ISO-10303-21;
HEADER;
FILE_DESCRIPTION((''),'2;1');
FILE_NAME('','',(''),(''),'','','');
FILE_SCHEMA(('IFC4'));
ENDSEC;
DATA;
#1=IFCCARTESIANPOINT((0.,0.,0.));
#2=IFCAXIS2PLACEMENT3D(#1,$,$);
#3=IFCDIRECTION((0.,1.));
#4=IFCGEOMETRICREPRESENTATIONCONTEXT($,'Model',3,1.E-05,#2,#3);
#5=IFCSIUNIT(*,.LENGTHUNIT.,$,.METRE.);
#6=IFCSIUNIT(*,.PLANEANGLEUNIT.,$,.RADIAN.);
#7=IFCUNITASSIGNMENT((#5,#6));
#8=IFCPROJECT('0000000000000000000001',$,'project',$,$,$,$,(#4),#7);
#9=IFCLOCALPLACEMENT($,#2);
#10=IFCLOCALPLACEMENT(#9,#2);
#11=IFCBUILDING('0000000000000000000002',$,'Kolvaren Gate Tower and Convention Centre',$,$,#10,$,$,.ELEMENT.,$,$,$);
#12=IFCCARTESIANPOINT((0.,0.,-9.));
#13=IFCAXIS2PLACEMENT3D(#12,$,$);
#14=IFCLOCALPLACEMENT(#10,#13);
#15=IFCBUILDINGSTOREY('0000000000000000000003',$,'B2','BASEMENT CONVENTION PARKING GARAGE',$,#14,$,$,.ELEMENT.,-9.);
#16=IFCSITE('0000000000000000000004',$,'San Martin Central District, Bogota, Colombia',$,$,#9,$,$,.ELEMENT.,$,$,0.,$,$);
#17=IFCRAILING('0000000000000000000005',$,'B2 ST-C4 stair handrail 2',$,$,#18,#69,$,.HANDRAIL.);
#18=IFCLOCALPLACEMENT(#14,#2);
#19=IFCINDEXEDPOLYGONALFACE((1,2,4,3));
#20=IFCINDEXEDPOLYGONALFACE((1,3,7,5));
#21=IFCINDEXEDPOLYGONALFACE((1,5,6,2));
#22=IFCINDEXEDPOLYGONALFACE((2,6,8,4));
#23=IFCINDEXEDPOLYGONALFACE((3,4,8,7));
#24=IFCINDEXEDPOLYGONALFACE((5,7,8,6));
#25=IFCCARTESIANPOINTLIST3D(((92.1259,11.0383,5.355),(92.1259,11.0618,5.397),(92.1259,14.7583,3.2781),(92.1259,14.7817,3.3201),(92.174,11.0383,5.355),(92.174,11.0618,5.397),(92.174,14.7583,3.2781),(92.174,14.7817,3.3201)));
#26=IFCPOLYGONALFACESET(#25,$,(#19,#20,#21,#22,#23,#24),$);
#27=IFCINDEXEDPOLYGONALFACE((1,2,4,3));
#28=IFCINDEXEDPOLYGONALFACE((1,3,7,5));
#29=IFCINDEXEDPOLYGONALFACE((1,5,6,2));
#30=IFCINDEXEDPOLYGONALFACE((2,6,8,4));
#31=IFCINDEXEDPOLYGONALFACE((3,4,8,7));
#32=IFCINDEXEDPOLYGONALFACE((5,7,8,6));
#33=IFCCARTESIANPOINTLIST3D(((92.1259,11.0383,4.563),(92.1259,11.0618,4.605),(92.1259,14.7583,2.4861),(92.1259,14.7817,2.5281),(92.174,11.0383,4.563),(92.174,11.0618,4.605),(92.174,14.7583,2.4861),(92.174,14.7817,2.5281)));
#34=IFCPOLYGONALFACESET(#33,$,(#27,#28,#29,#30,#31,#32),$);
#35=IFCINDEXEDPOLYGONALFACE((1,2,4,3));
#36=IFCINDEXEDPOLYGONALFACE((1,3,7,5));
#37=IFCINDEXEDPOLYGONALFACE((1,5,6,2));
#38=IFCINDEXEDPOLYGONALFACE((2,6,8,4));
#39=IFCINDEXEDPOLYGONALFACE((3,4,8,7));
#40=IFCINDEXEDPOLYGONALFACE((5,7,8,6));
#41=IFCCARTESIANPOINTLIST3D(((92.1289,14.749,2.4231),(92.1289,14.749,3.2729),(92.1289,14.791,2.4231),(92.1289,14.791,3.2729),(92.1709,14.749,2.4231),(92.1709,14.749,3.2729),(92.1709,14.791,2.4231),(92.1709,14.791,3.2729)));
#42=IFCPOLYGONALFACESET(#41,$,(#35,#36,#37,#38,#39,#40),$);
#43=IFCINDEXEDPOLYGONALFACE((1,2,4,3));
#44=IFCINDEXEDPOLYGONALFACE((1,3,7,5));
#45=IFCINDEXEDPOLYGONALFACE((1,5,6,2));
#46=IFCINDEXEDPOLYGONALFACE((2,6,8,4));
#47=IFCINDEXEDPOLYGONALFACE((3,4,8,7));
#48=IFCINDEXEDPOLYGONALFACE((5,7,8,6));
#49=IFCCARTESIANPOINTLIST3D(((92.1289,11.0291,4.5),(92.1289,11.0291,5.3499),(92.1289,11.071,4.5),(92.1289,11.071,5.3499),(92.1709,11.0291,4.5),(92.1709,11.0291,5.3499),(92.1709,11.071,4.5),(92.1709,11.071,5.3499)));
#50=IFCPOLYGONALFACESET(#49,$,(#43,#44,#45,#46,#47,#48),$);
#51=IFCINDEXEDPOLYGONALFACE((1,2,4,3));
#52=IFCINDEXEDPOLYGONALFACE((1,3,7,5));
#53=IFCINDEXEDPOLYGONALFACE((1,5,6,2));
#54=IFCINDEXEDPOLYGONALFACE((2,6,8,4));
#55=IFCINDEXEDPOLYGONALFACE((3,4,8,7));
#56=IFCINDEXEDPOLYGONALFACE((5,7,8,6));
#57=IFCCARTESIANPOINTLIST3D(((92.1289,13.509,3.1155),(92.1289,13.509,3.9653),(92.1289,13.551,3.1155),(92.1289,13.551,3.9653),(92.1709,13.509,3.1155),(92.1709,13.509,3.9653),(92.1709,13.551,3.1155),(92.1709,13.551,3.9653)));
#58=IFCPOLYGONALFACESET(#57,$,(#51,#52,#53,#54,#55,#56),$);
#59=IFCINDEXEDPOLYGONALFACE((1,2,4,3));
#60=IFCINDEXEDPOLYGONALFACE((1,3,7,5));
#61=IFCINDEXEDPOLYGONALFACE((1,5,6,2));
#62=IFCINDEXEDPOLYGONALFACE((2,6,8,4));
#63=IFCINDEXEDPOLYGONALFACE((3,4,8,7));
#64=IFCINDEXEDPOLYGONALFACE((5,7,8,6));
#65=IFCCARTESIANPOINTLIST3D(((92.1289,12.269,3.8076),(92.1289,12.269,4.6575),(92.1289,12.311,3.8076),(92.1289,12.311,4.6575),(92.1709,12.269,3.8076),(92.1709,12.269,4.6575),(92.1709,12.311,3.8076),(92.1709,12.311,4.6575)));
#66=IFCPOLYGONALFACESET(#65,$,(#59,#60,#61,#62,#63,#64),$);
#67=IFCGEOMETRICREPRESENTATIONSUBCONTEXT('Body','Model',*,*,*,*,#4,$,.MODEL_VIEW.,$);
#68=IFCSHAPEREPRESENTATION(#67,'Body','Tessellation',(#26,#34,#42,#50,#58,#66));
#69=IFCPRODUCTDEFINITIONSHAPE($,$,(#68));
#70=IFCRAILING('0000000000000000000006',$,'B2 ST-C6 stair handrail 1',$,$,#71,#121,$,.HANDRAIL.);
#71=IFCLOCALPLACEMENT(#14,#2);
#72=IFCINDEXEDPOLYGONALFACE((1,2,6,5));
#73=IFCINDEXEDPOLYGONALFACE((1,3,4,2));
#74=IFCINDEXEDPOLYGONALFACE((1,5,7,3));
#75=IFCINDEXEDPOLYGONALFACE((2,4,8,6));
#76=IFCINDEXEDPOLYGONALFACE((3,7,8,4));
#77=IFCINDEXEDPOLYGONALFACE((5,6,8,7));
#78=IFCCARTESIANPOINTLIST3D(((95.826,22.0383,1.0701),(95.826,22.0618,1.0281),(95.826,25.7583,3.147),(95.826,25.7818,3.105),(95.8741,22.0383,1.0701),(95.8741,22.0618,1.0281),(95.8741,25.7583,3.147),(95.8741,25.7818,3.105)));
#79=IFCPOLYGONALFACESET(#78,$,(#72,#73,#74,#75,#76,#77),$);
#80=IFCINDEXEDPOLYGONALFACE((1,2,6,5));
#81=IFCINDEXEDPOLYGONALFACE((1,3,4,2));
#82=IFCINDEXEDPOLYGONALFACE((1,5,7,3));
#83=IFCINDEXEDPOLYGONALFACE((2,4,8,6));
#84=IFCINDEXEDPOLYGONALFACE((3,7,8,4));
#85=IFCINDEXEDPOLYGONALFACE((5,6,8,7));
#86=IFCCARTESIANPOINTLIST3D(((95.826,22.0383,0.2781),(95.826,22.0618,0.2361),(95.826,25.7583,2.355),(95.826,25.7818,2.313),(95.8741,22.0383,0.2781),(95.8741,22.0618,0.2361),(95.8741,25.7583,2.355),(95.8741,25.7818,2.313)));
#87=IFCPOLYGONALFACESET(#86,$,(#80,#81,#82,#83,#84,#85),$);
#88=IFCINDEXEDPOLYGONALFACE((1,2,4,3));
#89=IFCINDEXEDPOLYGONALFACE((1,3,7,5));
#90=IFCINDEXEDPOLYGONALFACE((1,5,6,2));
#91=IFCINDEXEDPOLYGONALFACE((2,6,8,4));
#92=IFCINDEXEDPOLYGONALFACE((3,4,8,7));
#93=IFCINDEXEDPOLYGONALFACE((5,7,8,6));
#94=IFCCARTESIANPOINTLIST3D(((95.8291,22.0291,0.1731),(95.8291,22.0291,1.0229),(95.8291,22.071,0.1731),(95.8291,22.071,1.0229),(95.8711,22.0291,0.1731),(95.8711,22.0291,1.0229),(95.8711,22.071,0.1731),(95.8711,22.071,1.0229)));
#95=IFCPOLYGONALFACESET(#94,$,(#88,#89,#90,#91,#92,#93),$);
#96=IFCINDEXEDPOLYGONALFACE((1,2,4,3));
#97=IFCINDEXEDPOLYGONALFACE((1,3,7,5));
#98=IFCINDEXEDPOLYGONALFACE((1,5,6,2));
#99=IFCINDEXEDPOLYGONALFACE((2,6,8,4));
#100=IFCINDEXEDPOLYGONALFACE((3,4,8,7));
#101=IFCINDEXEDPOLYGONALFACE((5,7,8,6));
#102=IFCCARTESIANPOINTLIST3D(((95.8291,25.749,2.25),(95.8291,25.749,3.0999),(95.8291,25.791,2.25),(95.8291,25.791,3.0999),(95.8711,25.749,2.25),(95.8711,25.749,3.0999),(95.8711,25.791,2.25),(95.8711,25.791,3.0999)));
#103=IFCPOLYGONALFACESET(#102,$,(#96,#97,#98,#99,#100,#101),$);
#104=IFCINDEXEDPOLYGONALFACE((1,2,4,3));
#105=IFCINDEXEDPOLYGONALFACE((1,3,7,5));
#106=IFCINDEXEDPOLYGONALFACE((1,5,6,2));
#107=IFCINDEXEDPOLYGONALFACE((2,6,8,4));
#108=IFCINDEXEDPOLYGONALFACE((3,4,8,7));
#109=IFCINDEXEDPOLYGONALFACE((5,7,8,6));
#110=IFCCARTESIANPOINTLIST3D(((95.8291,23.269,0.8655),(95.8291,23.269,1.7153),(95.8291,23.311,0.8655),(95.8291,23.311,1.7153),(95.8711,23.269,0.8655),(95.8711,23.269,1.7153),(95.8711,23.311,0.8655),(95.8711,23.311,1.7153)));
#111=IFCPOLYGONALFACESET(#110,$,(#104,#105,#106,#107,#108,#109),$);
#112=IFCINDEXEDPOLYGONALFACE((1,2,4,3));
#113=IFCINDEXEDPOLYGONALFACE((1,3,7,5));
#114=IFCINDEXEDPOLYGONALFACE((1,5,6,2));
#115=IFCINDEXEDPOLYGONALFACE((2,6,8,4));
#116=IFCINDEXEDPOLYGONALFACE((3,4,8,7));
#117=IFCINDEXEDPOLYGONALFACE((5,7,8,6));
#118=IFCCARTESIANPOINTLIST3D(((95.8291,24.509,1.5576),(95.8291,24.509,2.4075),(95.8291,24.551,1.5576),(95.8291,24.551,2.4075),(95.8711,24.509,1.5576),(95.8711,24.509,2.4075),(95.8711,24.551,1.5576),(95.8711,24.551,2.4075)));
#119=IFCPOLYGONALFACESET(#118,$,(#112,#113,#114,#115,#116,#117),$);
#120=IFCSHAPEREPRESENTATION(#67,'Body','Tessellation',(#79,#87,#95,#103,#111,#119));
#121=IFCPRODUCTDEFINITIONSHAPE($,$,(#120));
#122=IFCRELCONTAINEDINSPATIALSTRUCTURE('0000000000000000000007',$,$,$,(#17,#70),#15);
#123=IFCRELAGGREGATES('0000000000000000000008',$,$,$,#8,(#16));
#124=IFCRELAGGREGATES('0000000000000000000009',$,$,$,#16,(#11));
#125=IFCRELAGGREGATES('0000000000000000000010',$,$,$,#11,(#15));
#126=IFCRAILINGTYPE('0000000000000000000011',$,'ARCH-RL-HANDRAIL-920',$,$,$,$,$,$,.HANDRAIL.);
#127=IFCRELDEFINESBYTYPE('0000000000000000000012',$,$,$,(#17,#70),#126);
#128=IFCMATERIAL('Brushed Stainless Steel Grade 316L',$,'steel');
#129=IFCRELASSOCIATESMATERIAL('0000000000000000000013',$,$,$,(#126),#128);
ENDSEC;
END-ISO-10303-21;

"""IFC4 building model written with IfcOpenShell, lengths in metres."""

from ifc_helpers import new_model, si_unit, direction, frame, origin, origin_2d, place, context, subcontext, project, spatial, rectangle, extrude, material, type_object, element, save


model = new_model("IFC4")

# Units and contexts
model_context = context("Model", 3, precision=1e-05, world=origin(), true_north=direction((0.0, 1.0)))
body_context = subcontext(model_context, "Body", "Model", "MODEL_VIEW")
ifc_project = project(units=[si_unit("LENGTHUNIT", "METRE"), si_unit("PLANEANGLEUNIT", "RADIAN")], contexts=[model_context])

# Site, building, storey
site_placement = place(None, origin())
site = spatial("IfcSite", under=ifc_project, at=site_placement, Name="San Martin Central District, Bogota, Colombia", CompositionType="ELEMENT", RefElevation=0.0)
building_placement = place(site_placement, origin())
building = spatial("IfcBuilding", under=site, at=building_placement, Name="Kolvaren Gate Tower and Convention Centre", CompositionType="ELEMENT")
storey_placement = place(building_placement, frame((0.0, 0.0, -9.0)))
storey = spatial("IfcBuildingStorey", under=building, at=storey_placement, Name="B2", Description="BASEMENT CONVENTION PARKING GARAGE", CompositionType="ELEMENT", Elevation=-9.0)

# Railings
ifc_material_1 = material(Name="Brushed Stainless Steel Grade 316L", Category="steel")
railing_type_1 = type_object("IfcRailingType", Name="ARCH-RL-HANDRAIL-920", PredefinedType="HANDRAIL", material=ifc_material_1)
railing_1_placement = place(storey_placement, frame((92.1499, 14.77, 2.4231)))
element("IfcRailing", 1, at=railing_1_placement, inside=storey, type_object=railing_type_1, Name="B2 ST-C4 stair handrail 2", PredefinedType="HANDRAIL", context=body_context, shape_type="SweptSolid", body=[
    extrude(rectangle(XDim=0.0481, YDim=0.0481, at=origin_2d()), frame((0.0, 0.0, 0.876), z_axis=(0.0, -0.873134, 0.487481), x_axis=(1.0, 0.0, 0.0)), (0.0, 0.0, 1.0), 4.2605),
    extrude(rectangle(XDim=0.0481, YDim=0.0481, at=origin_2d()), frame((0.0, 0.0, 0.084), z_axis=(0.0, -0.873134, 0.487481), x_axis=(1.0, 0.0, 0.0)), (0.0, 0.0, 1.0), 4.2605),
    extrude(rectangle(XDim=0.042, YDim=0.042, at=origin_2d()), origin(), (0.0, 0.0, 1.0), 0.8499),
    extrude(rectangle(XDim=0.042, YDim=0.042, at=origin_2d()), frame((0.0, -3.72, 2.0769)), (0.0, 0.0, 1.0), 0.8499),
    extrude(rectangle(XDim=0.042, YDim=0.042, at=origin_2d()), frame((0.0, -1.24, 0.6924)), (0.0, 0.0, 1.0), 0.8499),
    extrude(rectangle(XDim=0.042, YDim=0.042, at=origin_2d()), frame((0.0, -2.48, 1.3845)), (0.0, 0.0, 1.0), 0.8499),
])
railing_2_placement = place(storey_placement, frame((95.8501, 22.05, 0.1731)))
element("IfcRailing", 2, at=railing_2_placement, inside=storey, type_object=railing_type_1, Name="B2 ST-C6 stair handrail 1", PredefinedType="HANDRAIL", context=body_context, shape_type="SweptSolid", body=[
    extrude(rectangle(XDim=0.0481, YDim=0.0481, at=origin_2d()), frame((0.0, 0.0, 0.876), z_axis=(0.0, 0.873134, 0.487481), x_axis=(-1.0, 0.0, 0.0)), (0.0, 0.0, 1.0), 4.2605),
    extrude(rectangle(XDim=0.0481, YDim=0.0481, at=origin_2d()), frame((0.0, 0.0, 0.084), z_axis=(0.0, 0.873134, 0.487481), x_axis=(-1.0, 0.0, 0.0)), (0.0, 0.0, 1.0), 4.2605),
    extrude(rectangle(XDim=0.042, YDim=0.042, at=origin_2d()), origin(), (0.0, 0.0, 1.0), 0.8499),
    extrude(rectangle(XDim=0.042, YDim=0.042, at=origin_2d()), frame((0.0, 3.72, 2.0769)), (0.0, 0.0, 1.0), 0.8499),
    extrude(rectangle(XDim=0.042, YDim=0.042, at=origin_2d()), frame((0.0, 1.24, 0.6924)), (0.0, 0.0, 1.0), 0.8499),
    extrude(rectangle(XDim=0.042, YDim=0.042, at=origin_2d()), frame((0.0, 2.48, 1.3845)), (0.0, 0.0, 1.0), 0.8499),
])

save(model, "model.ifc")
